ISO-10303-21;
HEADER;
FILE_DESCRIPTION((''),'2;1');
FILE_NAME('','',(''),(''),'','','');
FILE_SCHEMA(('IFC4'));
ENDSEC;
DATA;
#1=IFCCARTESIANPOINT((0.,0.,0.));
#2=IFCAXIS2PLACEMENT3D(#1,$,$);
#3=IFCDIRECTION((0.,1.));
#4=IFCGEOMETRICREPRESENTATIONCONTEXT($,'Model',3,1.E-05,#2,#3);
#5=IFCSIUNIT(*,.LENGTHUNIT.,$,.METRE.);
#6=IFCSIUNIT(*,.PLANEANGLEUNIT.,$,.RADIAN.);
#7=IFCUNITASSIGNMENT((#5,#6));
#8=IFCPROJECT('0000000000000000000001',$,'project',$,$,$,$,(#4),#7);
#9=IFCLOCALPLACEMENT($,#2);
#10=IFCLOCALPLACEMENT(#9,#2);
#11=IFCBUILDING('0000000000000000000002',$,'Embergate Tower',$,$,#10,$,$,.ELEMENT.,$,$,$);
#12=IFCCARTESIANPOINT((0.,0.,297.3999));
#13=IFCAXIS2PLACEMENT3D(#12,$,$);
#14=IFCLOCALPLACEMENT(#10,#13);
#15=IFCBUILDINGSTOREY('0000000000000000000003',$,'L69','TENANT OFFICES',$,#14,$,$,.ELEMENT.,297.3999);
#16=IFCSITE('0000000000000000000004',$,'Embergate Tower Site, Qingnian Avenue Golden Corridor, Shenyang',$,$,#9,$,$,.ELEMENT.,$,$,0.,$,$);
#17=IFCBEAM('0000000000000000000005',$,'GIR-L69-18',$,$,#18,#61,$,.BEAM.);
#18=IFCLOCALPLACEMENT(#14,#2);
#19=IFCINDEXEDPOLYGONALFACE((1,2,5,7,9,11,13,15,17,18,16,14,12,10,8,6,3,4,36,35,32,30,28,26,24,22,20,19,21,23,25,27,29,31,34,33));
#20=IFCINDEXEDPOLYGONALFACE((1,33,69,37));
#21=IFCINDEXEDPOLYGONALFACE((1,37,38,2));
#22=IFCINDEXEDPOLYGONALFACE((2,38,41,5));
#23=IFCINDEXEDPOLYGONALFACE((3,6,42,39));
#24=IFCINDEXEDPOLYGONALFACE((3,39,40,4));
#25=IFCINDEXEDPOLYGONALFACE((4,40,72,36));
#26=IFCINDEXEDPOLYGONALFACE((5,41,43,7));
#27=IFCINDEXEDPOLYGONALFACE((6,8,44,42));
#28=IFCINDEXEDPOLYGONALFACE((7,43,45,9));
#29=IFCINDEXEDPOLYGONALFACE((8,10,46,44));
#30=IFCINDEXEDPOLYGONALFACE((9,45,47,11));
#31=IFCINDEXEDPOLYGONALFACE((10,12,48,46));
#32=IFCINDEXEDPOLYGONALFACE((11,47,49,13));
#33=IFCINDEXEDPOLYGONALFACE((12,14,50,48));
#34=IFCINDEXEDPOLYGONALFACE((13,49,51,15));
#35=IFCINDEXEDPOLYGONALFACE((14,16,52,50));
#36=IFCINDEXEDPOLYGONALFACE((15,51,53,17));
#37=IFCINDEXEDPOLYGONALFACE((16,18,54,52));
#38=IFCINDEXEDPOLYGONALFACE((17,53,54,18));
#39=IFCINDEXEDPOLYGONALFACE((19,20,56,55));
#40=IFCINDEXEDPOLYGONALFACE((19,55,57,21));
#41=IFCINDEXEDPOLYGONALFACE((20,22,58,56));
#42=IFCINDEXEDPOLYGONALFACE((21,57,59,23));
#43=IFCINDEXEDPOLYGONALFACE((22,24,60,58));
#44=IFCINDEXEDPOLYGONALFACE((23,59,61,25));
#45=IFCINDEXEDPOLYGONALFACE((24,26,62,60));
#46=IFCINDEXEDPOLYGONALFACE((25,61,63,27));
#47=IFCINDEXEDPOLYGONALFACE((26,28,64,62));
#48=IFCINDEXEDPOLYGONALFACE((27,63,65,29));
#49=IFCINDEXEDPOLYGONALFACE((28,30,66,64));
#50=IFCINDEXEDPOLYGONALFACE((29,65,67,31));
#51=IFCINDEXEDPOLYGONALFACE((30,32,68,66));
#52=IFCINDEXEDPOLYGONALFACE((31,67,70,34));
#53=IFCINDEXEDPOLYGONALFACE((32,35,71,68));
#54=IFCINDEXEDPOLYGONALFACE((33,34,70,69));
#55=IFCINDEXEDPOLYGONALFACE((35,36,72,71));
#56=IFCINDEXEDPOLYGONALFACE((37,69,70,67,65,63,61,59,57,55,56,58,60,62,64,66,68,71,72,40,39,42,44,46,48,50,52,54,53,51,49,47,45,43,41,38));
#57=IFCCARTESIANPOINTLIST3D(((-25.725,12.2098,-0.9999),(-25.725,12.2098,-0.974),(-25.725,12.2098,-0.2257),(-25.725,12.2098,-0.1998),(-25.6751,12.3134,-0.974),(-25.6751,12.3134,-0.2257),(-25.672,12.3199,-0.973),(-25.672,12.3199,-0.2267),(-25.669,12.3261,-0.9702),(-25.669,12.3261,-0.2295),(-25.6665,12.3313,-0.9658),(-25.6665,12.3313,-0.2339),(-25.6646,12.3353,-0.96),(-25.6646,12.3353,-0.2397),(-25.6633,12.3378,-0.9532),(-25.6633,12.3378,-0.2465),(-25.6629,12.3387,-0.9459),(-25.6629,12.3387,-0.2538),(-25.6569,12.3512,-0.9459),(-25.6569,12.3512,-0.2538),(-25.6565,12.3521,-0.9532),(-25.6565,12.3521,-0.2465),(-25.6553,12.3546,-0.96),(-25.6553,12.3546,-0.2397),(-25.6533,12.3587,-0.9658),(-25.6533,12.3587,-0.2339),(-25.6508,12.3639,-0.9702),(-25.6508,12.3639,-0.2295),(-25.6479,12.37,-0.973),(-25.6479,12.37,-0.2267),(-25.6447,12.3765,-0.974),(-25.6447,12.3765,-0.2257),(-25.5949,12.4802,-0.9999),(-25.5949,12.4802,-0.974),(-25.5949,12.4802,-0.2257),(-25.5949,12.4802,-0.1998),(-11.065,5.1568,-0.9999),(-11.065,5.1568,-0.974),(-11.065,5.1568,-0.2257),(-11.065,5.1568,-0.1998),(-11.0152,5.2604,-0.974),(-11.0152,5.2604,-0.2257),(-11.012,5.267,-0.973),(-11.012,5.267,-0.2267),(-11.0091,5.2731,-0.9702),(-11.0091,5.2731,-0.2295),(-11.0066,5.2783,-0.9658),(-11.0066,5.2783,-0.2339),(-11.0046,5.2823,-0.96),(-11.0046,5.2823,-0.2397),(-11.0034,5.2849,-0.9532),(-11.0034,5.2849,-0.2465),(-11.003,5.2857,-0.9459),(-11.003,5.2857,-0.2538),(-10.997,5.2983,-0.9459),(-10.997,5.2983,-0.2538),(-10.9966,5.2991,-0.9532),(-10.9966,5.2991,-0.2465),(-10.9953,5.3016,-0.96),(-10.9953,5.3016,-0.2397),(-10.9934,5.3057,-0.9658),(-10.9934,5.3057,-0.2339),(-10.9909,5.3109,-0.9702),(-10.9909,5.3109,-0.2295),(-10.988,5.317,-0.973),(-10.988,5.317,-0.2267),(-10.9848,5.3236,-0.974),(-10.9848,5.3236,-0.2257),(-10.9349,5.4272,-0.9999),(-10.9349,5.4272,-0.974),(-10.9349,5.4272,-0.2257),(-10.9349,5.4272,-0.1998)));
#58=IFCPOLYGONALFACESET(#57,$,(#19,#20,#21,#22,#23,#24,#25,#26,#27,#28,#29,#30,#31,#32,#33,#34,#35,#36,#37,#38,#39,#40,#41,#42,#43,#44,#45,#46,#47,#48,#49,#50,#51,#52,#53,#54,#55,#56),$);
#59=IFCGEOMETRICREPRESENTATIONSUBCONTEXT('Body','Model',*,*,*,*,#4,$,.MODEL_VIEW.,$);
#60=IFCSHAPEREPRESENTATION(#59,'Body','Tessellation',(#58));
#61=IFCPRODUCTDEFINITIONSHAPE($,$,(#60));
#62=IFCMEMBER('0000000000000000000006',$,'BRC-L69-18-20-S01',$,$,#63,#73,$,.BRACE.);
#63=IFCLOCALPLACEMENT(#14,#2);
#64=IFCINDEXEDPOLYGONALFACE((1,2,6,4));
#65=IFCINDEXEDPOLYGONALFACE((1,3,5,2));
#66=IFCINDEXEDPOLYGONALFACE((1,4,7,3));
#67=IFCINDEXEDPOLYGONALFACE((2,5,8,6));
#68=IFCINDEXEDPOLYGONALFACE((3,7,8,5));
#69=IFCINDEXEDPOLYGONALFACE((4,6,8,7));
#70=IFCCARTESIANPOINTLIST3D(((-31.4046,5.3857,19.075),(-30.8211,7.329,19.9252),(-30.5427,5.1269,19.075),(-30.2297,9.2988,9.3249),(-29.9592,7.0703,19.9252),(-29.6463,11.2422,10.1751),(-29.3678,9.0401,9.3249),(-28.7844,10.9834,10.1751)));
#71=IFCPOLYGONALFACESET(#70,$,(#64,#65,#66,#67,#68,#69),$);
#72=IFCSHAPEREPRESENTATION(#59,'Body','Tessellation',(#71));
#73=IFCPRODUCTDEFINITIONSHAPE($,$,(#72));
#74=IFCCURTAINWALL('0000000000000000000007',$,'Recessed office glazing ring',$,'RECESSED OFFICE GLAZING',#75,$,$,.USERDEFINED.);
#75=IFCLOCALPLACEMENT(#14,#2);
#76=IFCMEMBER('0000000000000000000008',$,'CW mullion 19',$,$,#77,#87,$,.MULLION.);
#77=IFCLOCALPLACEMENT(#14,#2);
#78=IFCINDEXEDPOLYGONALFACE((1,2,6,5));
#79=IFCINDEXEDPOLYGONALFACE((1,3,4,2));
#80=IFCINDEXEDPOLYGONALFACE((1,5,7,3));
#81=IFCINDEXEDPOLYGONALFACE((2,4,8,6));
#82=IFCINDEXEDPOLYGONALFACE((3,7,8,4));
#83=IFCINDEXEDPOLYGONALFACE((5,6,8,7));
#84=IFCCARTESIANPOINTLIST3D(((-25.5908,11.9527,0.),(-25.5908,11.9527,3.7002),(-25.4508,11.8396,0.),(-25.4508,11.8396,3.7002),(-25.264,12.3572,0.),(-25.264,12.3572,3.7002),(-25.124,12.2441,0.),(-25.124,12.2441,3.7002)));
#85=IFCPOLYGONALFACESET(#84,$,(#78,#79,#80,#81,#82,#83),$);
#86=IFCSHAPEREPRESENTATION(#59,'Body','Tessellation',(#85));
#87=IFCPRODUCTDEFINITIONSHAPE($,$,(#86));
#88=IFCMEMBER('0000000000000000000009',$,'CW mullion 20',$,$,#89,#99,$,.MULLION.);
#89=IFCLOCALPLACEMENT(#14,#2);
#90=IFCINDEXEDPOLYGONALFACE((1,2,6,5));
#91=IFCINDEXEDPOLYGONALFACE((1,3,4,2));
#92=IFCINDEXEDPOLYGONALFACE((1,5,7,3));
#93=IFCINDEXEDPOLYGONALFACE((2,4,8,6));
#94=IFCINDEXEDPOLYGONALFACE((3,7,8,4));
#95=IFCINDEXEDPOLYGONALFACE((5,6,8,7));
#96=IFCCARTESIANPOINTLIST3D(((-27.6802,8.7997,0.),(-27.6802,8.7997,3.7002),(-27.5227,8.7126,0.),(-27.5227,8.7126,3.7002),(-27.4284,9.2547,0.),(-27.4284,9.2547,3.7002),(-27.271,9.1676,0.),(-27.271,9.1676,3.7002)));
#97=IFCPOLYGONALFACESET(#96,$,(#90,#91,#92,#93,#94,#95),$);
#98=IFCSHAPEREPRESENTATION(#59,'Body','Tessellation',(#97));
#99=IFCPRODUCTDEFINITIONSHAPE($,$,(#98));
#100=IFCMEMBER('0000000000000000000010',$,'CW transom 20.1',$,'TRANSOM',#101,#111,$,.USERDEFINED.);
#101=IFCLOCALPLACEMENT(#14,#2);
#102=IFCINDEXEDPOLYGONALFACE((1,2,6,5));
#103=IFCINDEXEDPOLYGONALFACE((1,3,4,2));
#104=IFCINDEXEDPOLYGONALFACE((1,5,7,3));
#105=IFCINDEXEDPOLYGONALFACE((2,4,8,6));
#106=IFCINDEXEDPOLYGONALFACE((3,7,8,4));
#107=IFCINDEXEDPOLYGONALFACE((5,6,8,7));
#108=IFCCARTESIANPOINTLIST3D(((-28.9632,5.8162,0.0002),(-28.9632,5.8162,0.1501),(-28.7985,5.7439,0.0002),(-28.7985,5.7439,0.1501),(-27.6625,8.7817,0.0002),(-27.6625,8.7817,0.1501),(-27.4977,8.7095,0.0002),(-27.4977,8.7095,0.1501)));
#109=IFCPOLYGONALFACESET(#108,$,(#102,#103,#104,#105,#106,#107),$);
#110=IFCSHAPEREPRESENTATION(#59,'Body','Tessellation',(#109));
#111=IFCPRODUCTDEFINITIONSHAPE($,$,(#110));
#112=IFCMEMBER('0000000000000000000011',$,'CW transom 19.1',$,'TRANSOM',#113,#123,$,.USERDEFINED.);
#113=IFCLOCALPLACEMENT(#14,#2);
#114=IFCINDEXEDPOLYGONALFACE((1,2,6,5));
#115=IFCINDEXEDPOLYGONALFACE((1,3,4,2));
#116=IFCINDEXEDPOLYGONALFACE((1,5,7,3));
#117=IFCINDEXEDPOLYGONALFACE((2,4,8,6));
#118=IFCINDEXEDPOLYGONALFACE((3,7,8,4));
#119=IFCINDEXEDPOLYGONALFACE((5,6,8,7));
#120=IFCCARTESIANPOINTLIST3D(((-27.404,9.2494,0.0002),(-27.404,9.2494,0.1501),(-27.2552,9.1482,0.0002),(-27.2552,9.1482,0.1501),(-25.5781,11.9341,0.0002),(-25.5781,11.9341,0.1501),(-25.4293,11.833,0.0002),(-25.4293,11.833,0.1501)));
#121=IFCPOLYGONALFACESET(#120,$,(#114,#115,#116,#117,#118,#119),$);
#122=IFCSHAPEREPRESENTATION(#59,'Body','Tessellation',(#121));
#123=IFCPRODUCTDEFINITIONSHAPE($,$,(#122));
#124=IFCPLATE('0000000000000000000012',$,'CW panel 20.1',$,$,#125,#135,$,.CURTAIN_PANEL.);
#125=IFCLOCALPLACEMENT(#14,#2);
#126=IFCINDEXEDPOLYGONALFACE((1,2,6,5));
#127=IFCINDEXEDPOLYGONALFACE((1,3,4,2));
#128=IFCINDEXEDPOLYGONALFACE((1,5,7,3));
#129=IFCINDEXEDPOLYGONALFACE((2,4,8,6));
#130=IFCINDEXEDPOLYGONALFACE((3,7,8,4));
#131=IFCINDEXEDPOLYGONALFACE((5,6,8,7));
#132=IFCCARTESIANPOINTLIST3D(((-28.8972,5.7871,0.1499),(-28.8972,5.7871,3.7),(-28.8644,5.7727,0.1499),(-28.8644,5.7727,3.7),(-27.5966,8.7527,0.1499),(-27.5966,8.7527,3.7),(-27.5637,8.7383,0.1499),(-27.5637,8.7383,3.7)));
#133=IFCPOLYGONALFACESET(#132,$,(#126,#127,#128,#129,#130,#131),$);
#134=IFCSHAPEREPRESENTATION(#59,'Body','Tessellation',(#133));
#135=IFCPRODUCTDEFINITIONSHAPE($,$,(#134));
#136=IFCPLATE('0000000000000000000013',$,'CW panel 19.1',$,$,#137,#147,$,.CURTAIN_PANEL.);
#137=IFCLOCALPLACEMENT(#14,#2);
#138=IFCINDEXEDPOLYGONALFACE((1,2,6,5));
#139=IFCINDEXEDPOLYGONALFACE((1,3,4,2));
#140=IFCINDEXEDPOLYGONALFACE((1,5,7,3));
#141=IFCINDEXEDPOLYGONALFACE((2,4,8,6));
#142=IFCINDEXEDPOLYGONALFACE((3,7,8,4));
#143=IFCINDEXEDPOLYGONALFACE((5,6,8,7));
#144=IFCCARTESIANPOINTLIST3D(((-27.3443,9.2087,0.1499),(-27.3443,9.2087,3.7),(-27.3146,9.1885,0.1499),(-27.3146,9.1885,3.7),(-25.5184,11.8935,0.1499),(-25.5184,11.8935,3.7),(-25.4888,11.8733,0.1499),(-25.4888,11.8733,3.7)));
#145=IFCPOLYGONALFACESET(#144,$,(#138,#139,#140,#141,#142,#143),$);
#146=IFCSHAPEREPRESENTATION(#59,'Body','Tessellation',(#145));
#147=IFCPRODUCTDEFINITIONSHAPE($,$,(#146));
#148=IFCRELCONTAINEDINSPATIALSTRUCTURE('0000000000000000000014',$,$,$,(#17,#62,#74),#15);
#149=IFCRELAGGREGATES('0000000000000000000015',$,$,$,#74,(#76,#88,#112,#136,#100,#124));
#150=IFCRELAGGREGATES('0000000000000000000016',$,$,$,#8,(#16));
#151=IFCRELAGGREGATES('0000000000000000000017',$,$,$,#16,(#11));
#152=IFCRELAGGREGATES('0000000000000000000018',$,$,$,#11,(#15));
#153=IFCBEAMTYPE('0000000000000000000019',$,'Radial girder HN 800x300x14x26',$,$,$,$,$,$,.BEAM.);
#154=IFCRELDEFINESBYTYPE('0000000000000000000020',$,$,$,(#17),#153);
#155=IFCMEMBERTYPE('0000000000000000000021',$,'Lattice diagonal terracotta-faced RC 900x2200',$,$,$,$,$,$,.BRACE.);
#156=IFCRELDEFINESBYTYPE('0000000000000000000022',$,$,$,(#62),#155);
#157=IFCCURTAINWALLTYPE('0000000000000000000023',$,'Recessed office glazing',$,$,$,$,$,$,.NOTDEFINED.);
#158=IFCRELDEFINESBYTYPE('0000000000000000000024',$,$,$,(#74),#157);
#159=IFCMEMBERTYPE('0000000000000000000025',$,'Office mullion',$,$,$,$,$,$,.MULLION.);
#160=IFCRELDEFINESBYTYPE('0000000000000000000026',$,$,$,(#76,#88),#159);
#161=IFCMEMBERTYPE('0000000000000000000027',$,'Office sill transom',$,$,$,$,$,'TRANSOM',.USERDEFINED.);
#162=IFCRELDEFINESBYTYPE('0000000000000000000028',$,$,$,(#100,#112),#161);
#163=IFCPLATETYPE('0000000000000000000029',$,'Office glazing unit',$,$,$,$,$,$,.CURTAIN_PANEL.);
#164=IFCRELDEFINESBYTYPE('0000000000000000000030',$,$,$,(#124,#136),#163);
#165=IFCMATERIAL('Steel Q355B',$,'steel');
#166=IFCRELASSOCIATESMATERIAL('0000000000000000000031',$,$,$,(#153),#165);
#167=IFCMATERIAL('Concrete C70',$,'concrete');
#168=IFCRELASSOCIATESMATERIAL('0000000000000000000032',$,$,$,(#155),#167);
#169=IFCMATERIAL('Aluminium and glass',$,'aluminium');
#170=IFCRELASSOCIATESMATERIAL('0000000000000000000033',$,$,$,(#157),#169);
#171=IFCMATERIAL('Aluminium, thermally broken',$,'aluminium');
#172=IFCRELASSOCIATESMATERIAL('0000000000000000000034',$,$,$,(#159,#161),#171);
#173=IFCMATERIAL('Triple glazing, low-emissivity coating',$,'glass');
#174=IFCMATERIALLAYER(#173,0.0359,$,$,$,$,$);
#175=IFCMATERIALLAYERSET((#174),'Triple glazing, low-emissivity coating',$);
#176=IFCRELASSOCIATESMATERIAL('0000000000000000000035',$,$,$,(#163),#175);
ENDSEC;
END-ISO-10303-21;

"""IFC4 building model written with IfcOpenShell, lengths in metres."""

from ifc_helpers import new_model, si_unit, direction, frame, origin, origin_2d, place, context, subcontext, project, spatial, rectangle, i_section, extrude, source, transform, mapped, material, layer, layer_set, material_profile, profile_set, type_object, element, aggregate, save


model = new_model("IFC4")

# Units and contexts
model_context = context("Model", 3, precision=1e-05, world=origin(), true_north=direction((0.0, 1.0)))
body_context = subcontext(model_context, "Body", "Model", "MODEL_VIEW")
ifc_project = project(units=[si_unit("LENGTHUNIT", "METRE"), si_unit("PLANEANGLEUNIT", "RADIAN")], contexts=[model_context])

# Site, building, storey
site_placement = place(None, origin())
site = spatial("IfcSite", under=ifc_project, at=site_placement, Name="Embergate Tower Site, Qingnian Avenue Golden Corridor, Shenyang", CompositionType="ELEMENT", RefElevation=0.0)
building_placement = place(site_placement, origin())
building = spatial("IfcBuilding", under=site, at=building_placement, Name="Embergate Tower", CompositionType="ELEMENT")
storey_placement = place(building_placement, frame((0.0, 0.0, 297.3999)))
storey = spatial("IfcBuildingStorey", under=building, at=storey_placement, Name="L69", Description="TENANT OFFICES", CompositionType="ELEMENT", Elevation=297.3999)

# Beam
ifc_material_1 = material(Name="Steel Q355B", Category="steel")
ifc_material_profile_1 = material_profile(ifc_material_1, i_section(OverallWidth=0.3, OverallDepth=0.8, WebThickness=0.0139, FlangeThickness=0.0259, FilletRadius=0.0281, at=origin_2d()), Name="HN 800x300x14x26")
ifc_profile_set_1 = profile_set([ifc_material_profile_1], Name="Steel Q355 grade B")
beam_type_1 = type_object("IfcBeamType", Name="Radial girder HN 800x300x14x26", PredefinedType="BEAM", material=ifc_profile_set_1)
shared_shape_1 = source(origin(), body_context, "Body", "SweptSolid", [
    extrude(i_section(OverallWidth=0.3, OverallDepth=0.8, WebThickness=0.0139, FlangeThickness=0.0259, FilletRadius=0.0281, at=origin_2d()), origin(), (0.0, 0.0, 1.0), 16.2683),
])
beam_1_placement = place(storey_placement, frame((-25.6599, 12.345, -0.5999), z_axis=(0.901134, -0.433541, 0.0), x_axis=(0.433541, 0.901134, 0.0)))
element("IfcBeam", 1, at=beam_1_placement, inside=storey, type_object=beam_type_1, Name="GIR-L69-18", PredefinedType="BEAM", context=body_context, shape_type="MappedRepresentation", body=[
    mapped(shared_shape_1, transform((0.0, 0.0, 0.0))),
])

# Member
ifc_material_2 = material(Name="Concrete C70", Category="concrete")
ifc_material_profile_2 = material_profile(ifc_material_2, rectangle(XDim=0.8999, YDim=2.2, at=origin_2d()), Name="RC 900x2200")
ifc_profile_set_2 = profile_set([ifc_material_profile_2], Name="Concrete C70")
member_type_1 = type_object("IfcMemberType", Name="Lattice diagonal terracotta-faced RC 900x2200", PredefinedType="BRACE", material=ifc_profile_set_2)
shared_shape_2 = source(origin(), body_context, "Body", "SweptSolid", [
    extrude(rectangle(XDim=0.8999, YDim=2.2, at=origin_2d()), origin(), (0.0, 0.0, 1.0), 10.5715),
])
member_1_placement = place(storey_placement, frame((-29.5071, 10.1411, 9.75), z_axis=(-0.11113, -0.370157, 0.922298), x_axis=(0.957767, -0.287545, 0.0)))
element("IfcMember", 2, at=member_1_placement, inside=storey, type_object=member_type_1, Name="BRC-L69-18-20-S01", PredefinedType="BRACE", context=body_context, shape_type="MappedRepresentation", body=[
    mapped(shared_shape_2, transform((0.0, 0.0, 0.0))),
])

# Curtain wall, members, plates
ifc_material_3 = material(Name="Aluminium and glass", Category="aluminium")
curtain_wall_type = type_object("IfcCurtainWallType", Name="Recessed office glazing", PredefinedType="NOTDEFINED", material=ifc_material_3)
curtain_wall_placement = place(storey_placement, origin())
curtain_wall = element("IfcCurtainWall", 3, at=curtain_wall_placement, inside=storey, type_object=curtain_wall_type, Name="Recessed office glazing ring", ObjectType="RECESSED OFFICE GLAZING", PredefinedType="USERDEFINED")
ifc_material_4 = material(Name="Aluminium, thermally broken", Category="aluminium")
ifc_material_profile_3 = material_profile(ifc_material_4, rectangle(XDim=0.1799, YDim=0.52, at=origin_2d()), Name="AL 520x180")
ifc_profile_set_3 = profile_set([ifc_material_profile_3], Name="Aluminium, thermally broken")
member_type_2 = type_object("IfcMemberType", Name="Office mullion", PredefinedType="MULLION", material=ifc_profile_set_3)
shared_shape_3 = source(origin(), body_context, "Body", "SweptSolid", [
    extrude(rectangle(XDim=0.1799, YDim=0.52, at=origin_2d()), origin(), (0.0, 0.0, 1.0), 3.7002),
])
member_2_placement = place(storey_placement, frame((-25.3574, 12.0984, 0.0), z_axis=(0.0, 0.0, 1.0), x_axis=(0.777864, -0.628433, 0.0)))
member_2 = element("IfcMember", 4, at=member_2_placement, type_object=member_type_2, Name="CW mullion 19", PredefinedType="MULLION", context=body_context, shape_type="MappedRepresentation", body=[
    mapped(shared_shape_3, transform((0.0, 0.0, 0.0))),
])
member_3_placement = place(storey_placement, frame((-27.4756, 8.9836, 0.0), z_axis=(0.0, 0.0, 1.0), x_axis=(0.874993, -0.484135, 0.0)))
member_3 = element("IfcMember", 5, at=member_3_placement, type_object=member_type_2, Name="CW mullion 20", PredefinedType="MULLION", context=body_context, shape_type="MappedRepresentation", body=[
    mapped(shared_shape_3, transform((0.0, 0.0, 0.0))),
])
ifc_material_profile_4 = material_profile(ifc_material_4, rectangle(XDim=0.1799, YDim=0.1499, at=origin_2d()), Name="AL 150x180")
ifc_profile_set_4 = profile_set([ifc_material_profile_4], Name="Aluminium, thermally broken")
member_type_3 = type_object("IfcMemberType", Name="Office sill transom", ElementType="TRANSOM", PredefinedType="USERDEFINED", material=ifc_profile_set_4)
shared_shape_4 = source(origin(), body_context, "Body", "SweptSolid", [
    extrude(rectangle(XDim=0.1799, YDim=0.1499, at=origin_2d()), origin(), (0.0, 0.0, 1.0), 3.2383),
])
member_4_placement = place(storey_placement, frame((-27.5801, 8.7456, 0.0752), z_axis=(-0.401685, -0.915778, 0.0), x_axis=(0.915778, -0.401685, 0.0)))
member_4 = element("IfcMember", 6, at=member_4_placement, type_object=member_type_3, Name="CW transom 20.1", ObjectType="TRANSOM", PredefinedType="USERDEFINED", context=body_context, shape_type="MappedRepresentation", body=[
    mapped(shared_shape_4, transform((0.0, 0.0, 0.0))),
])
shared_shape_5 = source(origin(), body_context, "Body", "SweptSolid", [
    extrude(rectangle(XDim=0.1799, YDim=0.1499, at=origin_2d()), origin(), (0.0, 0.0, 1.0), 3.2468),
])
member_5_placement = place(storey_placement, frame((-25.5037, 11.8835, 0.0752), z_axis=(-0.562363, -0.82689, 0.0), x_axis=(0.82689, -0.562363, 0.0)))
member_5 = element("IfcMember", 7, at=member_5_placement, type_object=member_type_3, Name="CW transom 19.1", ObjectType="TRANSOM", PredefinedType="USERDEFINED", context=body_context, shape_type="MappedRepresentation", body=[
    mapped(shared_shape_5, transform((0.0, 0.0, 0.0))),
])
ifc_material_5 = material(Name="Triple glazing, low-emissivity coating", Category="glass")
ifc_layer_1 = layer(ifc_material_5, 0.0359)
ifc_layer_set_1 = layer_set([ifc_layer_1], Name="Triple glazing, low-emissivity coating")
plate_type = type_object("IfcPlateType", Name="Office glazing unit", PredefinedType="CURTAIN_PANEL", material=ifc_layer_set_1)
shared_shape_6 = source(origin(), body_context, "Body", "SweptSolid", [
    extrude(rectangle(XDim=3.2383, YDim=0.0359, at=origin_2d()), origin(), (0.0, 0.0, 1.0), 3.55),
])
plate_1_placement = place(storey_placement, frame((-28.2305, 7.2627, 0.1499), z_axis=(0.0, 0.0, 1.0), x_axis=(-0.401654, -0.915792, 0.0)))
plate_1 = element("IfcPlate", 8, at=plate_1_placement, type_object=plate_type, Name="CW panel 20.1", PredefinedType="CURTAIN_PANEL", context=body_context, shape_type="MappedRepresentation", body=[
    mapped(shared_shape_6, transform((0.0, 0.0, 0.0))),
])
shared_shape_7 = source(origin(), body_context, "Body", "SweptSolid", [
    extrude(rectangle(XDim=3.2468, YDim=0.0359, at=origin_2d()), origin(), (0.0, 0.0, 1.0), 3.55),
])
plate_2_placement = place(storey_placement, frame((-26.4165, 10.541, 0.1499), z_axis=(0.0, 0.0, 1.0), x_axis=(-0.562342, -0.826905, 0.0)))
plate_2 = element("IfcPlate", 9, at=plate_2_placement, type_object=plate_type, Name="CW panel 19.1", PredefinedType="CURTAIN_PANEL", context=body_context, shape_type="MappedRepresentation", body=[
    mapped(shared_shape_7, transform((0.0, 0.0, 0.0))),
])
aggregate(curtain_wall, [member_2, member_3, member_5, plate_2, member_4, plate_1])

save(model, "model.ifc")
